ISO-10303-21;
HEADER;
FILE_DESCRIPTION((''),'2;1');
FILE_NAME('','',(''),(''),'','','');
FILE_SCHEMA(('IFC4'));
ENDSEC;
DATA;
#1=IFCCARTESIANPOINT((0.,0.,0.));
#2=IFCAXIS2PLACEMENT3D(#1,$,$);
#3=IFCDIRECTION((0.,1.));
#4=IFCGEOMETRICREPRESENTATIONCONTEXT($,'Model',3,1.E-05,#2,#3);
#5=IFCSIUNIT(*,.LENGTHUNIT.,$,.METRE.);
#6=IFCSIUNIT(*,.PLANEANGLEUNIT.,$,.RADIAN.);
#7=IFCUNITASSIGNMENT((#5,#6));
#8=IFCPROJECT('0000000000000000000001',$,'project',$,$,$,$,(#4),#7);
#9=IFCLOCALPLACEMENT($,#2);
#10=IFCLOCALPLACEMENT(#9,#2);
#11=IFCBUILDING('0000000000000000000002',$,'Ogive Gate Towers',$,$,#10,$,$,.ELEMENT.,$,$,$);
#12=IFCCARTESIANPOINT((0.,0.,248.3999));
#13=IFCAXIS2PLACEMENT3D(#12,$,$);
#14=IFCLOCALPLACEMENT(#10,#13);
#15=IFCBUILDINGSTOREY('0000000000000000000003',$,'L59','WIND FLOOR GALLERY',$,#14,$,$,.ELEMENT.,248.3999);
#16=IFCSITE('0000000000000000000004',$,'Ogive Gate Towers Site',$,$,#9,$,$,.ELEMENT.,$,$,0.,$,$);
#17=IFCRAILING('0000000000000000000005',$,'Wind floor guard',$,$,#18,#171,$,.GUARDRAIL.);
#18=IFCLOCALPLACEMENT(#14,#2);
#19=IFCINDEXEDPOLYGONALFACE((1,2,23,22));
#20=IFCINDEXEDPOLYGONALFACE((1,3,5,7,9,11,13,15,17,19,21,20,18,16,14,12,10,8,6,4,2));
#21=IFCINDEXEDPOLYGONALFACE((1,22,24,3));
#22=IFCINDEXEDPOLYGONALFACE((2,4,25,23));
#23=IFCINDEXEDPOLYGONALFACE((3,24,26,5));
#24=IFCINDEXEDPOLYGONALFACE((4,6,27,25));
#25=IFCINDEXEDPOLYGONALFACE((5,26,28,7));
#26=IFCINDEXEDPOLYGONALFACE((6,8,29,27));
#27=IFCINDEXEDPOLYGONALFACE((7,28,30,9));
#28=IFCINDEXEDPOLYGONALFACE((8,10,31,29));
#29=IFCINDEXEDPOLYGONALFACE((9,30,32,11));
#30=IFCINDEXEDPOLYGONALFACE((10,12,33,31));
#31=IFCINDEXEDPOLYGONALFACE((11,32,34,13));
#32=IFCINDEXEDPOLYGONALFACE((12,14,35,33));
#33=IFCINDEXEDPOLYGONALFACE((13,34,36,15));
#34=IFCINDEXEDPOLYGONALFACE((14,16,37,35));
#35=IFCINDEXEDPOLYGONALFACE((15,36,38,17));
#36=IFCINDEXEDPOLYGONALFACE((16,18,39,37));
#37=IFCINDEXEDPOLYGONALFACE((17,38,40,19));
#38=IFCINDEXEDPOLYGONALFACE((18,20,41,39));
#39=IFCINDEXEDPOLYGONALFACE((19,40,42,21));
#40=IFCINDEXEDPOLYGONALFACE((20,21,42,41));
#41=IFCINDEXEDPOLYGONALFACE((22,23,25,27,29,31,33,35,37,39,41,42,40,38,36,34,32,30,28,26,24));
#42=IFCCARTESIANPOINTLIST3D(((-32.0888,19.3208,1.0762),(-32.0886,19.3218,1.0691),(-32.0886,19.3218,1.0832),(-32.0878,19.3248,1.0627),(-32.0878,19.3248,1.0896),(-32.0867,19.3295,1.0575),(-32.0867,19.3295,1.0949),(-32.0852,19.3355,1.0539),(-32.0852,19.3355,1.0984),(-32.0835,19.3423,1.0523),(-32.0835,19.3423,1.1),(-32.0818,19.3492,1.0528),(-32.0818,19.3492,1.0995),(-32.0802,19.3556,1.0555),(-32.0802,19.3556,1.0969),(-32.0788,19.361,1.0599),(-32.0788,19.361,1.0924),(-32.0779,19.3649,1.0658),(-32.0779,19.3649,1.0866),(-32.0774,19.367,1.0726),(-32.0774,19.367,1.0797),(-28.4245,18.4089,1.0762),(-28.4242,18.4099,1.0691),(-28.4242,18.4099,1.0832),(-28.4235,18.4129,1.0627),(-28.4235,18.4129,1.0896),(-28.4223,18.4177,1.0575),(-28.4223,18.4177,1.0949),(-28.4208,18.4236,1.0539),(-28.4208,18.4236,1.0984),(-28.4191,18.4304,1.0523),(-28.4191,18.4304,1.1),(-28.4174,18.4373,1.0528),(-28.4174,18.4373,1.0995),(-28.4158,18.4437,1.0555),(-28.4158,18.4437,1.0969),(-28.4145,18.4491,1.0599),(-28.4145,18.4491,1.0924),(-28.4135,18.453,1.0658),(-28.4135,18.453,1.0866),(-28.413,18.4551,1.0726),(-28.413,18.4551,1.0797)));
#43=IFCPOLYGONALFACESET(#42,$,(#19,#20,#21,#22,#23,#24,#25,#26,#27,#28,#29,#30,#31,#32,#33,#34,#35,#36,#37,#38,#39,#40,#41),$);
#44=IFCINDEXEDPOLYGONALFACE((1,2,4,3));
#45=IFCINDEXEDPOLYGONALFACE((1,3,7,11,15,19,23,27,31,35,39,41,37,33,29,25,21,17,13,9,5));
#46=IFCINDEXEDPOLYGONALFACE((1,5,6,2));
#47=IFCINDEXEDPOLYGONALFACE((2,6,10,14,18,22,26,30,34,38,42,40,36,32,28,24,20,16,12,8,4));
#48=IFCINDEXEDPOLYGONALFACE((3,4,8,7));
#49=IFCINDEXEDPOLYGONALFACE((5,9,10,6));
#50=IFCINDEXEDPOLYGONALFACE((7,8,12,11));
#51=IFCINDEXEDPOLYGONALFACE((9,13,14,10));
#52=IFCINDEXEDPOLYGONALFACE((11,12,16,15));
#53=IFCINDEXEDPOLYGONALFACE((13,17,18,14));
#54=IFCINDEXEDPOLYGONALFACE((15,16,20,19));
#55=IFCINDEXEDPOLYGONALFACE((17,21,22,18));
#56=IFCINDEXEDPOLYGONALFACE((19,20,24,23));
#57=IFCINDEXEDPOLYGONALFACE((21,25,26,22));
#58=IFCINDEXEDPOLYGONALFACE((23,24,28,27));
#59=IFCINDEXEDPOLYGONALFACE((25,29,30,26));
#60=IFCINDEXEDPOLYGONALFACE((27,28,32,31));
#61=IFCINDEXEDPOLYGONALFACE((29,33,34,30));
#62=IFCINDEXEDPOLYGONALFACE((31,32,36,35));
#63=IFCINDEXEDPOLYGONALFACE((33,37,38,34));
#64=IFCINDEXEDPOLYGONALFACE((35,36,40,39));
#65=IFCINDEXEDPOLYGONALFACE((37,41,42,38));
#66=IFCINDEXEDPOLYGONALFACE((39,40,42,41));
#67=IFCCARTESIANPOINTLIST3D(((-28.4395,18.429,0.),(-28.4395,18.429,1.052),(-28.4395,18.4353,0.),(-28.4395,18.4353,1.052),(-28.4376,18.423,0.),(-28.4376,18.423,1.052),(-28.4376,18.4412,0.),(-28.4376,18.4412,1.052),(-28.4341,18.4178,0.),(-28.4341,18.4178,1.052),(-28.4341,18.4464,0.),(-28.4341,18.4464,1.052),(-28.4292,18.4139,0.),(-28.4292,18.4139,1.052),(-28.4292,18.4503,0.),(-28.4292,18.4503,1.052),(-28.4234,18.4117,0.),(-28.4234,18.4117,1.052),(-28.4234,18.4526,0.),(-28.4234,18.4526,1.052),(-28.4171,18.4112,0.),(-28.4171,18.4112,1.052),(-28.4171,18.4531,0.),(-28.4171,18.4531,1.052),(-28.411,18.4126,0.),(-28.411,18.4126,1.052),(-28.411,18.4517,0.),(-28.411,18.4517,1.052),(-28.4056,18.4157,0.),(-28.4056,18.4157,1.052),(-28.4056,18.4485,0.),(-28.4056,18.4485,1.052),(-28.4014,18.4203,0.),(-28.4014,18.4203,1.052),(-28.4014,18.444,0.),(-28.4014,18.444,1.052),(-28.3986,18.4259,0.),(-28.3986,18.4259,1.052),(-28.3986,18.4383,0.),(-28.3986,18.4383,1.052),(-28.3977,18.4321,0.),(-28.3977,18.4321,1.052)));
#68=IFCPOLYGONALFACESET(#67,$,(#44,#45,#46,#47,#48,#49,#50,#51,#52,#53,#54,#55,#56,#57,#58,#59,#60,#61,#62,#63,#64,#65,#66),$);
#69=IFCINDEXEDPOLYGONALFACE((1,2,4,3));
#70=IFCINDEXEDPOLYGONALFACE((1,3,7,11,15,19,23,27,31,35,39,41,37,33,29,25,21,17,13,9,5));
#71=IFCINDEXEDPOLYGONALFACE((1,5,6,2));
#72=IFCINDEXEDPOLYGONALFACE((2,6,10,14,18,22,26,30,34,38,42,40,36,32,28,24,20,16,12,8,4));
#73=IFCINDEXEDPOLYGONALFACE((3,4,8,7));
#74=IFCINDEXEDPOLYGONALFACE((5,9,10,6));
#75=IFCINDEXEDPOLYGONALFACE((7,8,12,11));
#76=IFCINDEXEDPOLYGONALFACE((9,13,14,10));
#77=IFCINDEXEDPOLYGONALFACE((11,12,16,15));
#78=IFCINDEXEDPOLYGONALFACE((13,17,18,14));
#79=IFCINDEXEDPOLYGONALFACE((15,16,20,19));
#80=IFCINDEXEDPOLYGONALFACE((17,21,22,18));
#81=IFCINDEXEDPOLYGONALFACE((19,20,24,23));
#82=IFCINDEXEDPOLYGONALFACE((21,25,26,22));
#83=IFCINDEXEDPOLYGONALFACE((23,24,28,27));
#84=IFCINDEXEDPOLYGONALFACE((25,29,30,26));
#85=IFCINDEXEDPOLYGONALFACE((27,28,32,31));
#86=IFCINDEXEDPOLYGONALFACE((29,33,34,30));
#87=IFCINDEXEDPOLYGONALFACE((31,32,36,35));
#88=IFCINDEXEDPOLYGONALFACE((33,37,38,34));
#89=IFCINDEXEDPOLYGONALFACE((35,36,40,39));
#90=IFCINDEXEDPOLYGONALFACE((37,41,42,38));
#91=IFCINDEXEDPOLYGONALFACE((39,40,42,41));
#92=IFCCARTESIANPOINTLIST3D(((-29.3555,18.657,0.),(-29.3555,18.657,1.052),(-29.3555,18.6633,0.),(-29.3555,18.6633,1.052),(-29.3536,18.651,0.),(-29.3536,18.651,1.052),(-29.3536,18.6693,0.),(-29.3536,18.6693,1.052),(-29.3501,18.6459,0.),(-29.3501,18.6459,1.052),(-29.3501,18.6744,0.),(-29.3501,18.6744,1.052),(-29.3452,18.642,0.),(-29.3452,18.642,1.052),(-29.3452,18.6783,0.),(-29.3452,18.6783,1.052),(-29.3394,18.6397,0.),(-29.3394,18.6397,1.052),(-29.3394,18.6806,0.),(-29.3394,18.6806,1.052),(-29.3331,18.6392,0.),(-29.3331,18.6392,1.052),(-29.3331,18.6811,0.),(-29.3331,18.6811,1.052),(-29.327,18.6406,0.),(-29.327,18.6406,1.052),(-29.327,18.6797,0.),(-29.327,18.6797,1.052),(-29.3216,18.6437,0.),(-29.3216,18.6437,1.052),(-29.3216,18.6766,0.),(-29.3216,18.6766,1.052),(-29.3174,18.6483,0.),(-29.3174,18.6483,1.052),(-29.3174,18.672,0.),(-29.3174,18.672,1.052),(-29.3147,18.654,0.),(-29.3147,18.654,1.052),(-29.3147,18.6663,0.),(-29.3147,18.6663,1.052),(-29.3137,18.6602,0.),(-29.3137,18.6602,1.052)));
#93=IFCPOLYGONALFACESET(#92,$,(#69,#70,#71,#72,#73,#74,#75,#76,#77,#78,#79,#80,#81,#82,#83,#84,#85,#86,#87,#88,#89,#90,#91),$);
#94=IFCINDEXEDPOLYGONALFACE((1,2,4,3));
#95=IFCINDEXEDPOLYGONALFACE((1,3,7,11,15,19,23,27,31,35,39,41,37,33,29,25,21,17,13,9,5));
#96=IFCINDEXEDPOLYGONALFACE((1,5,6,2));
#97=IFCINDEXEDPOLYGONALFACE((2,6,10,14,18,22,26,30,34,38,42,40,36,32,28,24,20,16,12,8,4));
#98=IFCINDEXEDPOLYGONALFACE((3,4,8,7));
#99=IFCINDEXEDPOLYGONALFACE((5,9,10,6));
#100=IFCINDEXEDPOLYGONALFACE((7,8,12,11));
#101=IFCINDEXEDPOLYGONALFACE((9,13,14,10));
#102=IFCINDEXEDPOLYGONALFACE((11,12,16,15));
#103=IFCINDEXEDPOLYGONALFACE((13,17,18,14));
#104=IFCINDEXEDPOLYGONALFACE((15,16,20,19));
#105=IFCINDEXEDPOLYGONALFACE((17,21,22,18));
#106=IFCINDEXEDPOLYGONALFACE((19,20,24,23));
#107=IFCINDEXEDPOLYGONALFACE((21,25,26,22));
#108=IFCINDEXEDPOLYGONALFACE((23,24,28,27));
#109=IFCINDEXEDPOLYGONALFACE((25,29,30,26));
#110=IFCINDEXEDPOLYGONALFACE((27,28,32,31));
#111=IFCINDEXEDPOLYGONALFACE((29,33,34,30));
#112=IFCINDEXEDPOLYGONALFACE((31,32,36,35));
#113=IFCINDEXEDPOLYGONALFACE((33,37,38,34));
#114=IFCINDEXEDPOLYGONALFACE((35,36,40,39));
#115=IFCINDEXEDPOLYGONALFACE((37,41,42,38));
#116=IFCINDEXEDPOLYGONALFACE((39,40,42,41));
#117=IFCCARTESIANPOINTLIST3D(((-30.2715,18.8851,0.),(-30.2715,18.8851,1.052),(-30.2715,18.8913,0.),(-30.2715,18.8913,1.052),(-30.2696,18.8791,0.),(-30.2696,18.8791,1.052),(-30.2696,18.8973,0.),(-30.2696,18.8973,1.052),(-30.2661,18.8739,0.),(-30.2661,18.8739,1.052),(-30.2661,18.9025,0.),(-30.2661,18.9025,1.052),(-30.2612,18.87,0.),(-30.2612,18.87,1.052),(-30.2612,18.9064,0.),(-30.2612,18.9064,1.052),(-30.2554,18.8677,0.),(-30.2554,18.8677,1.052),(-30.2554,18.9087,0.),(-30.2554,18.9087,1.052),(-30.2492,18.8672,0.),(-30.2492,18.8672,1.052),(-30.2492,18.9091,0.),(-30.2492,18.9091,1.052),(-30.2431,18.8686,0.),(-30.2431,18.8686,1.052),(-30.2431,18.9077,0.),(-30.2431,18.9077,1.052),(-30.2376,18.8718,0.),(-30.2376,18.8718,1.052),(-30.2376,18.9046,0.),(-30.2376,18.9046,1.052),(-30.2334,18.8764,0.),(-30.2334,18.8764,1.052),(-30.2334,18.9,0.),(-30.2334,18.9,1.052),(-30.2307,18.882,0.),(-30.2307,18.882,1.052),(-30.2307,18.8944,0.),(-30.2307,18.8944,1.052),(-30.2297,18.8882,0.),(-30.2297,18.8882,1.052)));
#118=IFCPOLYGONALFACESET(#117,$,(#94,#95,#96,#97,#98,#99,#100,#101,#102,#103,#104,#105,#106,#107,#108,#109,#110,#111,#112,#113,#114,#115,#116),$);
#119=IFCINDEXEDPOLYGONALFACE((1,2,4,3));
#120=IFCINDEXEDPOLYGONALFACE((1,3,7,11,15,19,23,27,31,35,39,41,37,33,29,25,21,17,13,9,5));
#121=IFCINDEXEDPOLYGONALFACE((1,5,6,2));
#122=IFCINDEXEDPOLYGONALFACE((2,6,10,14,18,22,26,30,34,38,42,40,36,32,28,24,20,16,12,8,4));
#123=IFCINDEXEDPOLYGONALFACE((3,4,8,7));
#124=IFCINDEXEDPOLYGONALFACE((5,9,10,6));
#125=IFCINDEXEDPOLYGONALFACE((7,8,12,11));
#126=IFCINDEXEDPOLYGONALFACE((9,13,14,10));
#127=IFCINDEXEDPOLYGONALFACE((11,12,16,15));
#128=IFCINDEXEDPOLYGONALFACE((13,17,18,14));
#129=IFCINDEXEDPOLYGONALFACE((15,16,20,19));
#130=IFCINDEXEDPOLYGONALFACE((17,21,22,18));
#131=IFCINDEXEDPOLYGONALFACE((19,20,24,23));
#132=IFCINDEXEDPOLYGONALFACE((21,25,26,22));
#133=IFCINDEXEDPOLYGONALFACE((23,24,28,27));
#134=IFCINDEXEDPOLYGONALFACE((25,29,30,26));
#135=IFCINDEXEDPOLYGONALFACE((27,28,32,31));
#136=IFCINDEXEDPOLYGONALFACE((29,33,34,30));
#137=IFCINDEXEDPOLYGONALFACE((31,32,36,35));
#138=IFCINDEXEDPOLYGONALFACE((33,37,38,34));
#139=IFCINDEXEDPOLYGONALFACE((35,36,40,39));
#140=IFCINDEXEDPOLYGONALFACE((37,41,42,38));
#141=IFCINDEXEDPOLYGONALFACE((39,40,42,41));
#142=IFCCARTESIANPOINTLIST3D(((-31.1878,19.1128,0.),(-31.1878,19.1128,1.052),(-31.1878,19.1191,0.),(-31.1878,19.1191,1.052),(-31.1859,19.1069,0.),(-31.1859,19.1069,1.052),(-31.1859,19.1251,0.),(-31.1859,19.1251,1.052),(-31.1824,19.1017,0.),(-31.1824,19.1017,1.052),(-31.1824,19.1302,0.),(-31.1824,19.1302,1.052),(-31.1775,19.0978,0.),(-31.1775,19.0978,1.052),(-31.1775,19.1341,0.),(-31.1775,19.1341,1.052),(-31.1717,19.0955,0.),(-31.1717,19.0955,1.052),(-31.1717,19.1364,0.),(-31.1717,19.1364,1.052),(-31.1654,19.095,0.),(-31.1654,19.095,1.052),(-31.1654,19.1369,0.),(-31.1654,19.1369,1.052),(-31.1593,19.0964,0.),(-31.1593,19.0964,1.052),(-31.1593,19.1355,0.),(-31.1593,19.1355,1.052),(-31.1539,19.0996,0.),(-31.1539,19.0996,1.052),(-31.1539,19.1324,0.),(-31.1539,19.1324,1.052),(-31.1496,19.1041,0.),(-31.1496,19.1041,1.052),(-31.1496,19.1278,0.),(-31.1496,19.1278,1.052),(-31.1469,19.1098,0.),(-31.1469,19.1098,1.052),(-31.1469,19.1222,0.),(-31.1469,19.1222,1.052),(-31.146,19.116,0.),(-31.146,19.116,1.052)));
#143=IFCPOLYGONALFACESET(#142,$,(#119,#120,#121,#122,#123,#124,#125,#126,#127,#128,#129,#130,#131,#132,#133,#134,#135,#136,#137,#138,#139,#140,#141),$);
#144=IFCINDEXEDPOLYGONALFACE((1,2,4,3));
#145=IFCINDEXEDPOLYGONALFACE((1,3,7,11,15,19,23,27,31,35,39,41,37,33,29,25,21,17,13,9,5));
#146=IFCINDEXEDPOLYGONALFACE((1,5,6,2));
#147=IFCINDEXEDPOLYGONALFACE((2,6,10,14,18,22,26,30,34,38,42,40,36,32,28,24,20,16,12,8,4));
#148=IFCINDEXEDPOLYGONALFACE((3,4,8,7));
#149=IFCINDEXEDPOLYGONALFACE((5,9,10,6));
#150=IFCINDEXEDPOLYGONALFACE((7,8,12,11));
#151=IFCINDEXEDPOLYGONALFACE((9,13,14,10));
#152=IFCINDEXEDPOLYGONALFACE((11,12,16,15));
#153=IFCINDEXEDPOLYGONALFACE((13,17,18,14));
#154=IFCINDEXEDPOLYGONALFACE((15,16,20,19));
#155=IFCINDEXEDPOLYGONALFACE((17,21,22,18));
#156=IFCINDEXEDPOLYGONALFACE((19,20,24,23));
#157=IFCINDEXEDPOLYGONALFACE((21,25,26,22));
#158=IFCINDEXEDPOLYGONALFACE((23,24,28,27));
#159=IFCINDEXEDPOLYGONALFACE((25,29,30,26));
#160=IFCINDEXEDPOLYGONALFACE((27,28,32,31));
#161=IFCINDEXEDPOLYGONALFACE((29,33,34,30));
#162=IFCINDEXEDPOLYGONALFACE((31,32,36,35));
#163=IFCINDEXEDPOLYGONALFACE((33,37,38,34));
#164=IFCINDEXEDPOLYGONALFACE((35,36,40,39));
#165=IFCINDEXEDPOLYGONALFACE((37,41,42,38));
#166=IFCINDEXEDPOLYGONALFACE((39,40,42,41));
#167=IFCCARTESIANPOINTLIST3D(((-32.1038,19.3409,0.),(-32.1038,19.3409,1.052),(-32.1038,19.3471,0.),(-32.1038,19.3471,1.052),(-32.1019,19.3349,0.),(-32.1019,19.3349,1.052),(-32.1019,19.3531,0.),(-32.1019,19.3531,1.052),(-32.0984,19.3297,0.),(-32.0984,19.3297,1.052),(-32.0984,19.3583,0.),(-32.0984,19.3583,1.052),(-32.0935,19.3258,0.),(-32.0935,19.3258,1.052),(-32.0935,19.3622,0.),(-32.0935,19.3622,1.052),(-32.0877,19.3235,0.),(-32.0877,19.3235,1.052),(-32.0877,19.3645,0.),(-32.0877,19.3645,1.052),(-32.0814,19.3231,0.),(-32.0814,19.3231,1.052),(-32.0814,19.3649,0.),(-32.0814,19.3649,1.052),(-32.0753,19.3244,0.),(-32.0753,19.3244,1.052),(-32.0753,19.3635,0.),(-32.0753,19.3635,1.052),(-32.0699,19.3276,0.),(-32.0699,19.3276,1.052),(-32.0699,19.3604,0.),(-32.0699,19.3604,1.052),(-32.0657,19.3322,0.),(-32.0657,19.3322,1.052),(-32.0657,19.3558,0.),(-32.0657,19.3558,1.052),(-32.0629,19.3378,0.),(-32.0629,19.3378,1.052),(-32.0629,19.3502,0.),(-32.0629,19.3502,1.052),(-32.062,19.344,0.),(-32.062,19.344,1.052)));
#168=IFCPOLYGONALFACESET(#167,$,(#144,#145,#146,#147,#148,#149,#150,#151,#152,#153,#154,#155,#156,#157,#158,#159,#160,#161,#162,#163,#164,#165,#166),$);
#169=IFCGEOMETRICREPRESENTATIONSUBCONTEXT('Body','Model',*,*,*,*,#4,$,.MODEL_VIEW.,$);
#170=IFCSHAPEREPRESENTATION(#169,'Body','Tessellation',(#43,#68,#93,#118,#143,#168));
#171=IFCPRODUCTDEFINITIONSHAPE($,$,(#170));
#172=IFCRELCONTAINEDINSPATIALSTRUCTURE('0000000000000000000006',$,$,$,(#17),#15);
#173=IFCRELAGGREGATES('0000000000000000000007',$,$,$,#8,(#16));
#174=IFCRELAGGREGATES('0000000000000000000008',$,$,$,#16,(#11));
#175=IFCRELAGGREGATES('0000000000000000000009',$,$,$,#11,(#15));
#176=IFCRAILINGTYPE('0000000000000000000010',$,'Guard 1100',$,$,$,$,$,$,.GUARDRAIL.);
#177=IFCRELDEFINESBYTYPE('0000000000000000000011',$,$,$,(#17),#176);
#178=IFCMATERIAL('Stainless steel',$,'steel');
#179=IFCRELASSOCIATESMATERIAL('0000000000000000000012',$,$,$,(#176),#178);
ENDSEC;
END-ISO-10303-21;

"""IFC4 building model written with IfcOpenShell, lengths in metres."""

from ifc_helpers import new_model, si_unit, direction, frame, origin, origin_2d, place, context, subcontext, project, spatial, circle, extrude, material, type_object, element, save


model = new_model("IFC4")

# Units and contexts
model_context = context("Model", 3, precision=1e-05, world=origin(), true_north=direction((0.0, 1.0)))
body_context = subcontext(model_context, "Body", "Model", "MODEL_VIEW")
ifc_project = project(units=[si_unit("LENGTHUNIT", "METRE"), si_unit("PLANEANGLEUNIT", "RADIAN")], contexts=[model_context])

# Site, building, storey
site_placement = place(None, origin())
site = spatial("IfcSite", under=ifc_project, at=site_placement, Name="Ogive Gate Towers Site", CompositionType="ELEMENT", RefElevation=0.0)
building_placement = place(site_placement, origin())
building = spatial("IfcBuilding", under=site, at=building_placement, Name="Ogive Gate Towers", CompositionType="ELEMENT")
storey_placement = place(building_placement, frame((0.0, 0.0, 248.3999)))
storey = spatial("IfcBuildingStorey", under=building, at=storey_placement, Name="L59", Description="WIND FLOOR GALLERY", CompositionType="ELEMENT", Elevation=248.3999)

# Railing
ifc_material_1 = material(Name="Stainless steel", Category="steel")
railing_type = type_object("IfcRailingType", Name="Guard 1100", PredefinedType="GUARDRAIL", material=ifc_material_1)
railing_1_placement = place(storey_placement, frame((-28.4187, 18.4321, 0.0)))
element("IfcRailing", 1, at=railing_1_placement, inside=storey, type_object=railing_type, Name="Wind floor guard", PredefinedType="GUARDRAIL", context=body_context, shape_type="SweptSolid", body=[
    extrude(circle(Radius=0.0239, at=origin_2d()), frame((0.0, 0.0, 1.0762), z_axis=(-0.970404, 0.241486, 0.0), x_axis=(-0.241486, -0.970404, 0.0)), (0.0, 0.0, 1.0), 3.7761),
    extrude(circle(Radius=0.021, at=origin_2d()), origin(), (0.0, 0.0, 1.0), 1.052),
    extrude(circle(Radius=0.021, at=origin_2d()), frame((-0.916, 0.228, 0.0)), (0.0, 0.0, 1.0), 1.052),
    extrude(circle(Radius=0.021, at=origin_2d()), frame((-1.832, 0.4561, 0.0)), (0.0, 0.0, 1.0), 1.052),
    extrude(circle(Radius=0.021, at=origin_2d()), frame((-2.7483, 0.6838, 0.0)), (0.0, 0.0, 1.0), 1.052),
    extrude(circle(Radius=0.021, at=origin_2d()), frame((-3.6643, 0.9119, 0.0)), (0.0, 0.0, 1.0), 1.052),
])

save(model, "model.ifc")
